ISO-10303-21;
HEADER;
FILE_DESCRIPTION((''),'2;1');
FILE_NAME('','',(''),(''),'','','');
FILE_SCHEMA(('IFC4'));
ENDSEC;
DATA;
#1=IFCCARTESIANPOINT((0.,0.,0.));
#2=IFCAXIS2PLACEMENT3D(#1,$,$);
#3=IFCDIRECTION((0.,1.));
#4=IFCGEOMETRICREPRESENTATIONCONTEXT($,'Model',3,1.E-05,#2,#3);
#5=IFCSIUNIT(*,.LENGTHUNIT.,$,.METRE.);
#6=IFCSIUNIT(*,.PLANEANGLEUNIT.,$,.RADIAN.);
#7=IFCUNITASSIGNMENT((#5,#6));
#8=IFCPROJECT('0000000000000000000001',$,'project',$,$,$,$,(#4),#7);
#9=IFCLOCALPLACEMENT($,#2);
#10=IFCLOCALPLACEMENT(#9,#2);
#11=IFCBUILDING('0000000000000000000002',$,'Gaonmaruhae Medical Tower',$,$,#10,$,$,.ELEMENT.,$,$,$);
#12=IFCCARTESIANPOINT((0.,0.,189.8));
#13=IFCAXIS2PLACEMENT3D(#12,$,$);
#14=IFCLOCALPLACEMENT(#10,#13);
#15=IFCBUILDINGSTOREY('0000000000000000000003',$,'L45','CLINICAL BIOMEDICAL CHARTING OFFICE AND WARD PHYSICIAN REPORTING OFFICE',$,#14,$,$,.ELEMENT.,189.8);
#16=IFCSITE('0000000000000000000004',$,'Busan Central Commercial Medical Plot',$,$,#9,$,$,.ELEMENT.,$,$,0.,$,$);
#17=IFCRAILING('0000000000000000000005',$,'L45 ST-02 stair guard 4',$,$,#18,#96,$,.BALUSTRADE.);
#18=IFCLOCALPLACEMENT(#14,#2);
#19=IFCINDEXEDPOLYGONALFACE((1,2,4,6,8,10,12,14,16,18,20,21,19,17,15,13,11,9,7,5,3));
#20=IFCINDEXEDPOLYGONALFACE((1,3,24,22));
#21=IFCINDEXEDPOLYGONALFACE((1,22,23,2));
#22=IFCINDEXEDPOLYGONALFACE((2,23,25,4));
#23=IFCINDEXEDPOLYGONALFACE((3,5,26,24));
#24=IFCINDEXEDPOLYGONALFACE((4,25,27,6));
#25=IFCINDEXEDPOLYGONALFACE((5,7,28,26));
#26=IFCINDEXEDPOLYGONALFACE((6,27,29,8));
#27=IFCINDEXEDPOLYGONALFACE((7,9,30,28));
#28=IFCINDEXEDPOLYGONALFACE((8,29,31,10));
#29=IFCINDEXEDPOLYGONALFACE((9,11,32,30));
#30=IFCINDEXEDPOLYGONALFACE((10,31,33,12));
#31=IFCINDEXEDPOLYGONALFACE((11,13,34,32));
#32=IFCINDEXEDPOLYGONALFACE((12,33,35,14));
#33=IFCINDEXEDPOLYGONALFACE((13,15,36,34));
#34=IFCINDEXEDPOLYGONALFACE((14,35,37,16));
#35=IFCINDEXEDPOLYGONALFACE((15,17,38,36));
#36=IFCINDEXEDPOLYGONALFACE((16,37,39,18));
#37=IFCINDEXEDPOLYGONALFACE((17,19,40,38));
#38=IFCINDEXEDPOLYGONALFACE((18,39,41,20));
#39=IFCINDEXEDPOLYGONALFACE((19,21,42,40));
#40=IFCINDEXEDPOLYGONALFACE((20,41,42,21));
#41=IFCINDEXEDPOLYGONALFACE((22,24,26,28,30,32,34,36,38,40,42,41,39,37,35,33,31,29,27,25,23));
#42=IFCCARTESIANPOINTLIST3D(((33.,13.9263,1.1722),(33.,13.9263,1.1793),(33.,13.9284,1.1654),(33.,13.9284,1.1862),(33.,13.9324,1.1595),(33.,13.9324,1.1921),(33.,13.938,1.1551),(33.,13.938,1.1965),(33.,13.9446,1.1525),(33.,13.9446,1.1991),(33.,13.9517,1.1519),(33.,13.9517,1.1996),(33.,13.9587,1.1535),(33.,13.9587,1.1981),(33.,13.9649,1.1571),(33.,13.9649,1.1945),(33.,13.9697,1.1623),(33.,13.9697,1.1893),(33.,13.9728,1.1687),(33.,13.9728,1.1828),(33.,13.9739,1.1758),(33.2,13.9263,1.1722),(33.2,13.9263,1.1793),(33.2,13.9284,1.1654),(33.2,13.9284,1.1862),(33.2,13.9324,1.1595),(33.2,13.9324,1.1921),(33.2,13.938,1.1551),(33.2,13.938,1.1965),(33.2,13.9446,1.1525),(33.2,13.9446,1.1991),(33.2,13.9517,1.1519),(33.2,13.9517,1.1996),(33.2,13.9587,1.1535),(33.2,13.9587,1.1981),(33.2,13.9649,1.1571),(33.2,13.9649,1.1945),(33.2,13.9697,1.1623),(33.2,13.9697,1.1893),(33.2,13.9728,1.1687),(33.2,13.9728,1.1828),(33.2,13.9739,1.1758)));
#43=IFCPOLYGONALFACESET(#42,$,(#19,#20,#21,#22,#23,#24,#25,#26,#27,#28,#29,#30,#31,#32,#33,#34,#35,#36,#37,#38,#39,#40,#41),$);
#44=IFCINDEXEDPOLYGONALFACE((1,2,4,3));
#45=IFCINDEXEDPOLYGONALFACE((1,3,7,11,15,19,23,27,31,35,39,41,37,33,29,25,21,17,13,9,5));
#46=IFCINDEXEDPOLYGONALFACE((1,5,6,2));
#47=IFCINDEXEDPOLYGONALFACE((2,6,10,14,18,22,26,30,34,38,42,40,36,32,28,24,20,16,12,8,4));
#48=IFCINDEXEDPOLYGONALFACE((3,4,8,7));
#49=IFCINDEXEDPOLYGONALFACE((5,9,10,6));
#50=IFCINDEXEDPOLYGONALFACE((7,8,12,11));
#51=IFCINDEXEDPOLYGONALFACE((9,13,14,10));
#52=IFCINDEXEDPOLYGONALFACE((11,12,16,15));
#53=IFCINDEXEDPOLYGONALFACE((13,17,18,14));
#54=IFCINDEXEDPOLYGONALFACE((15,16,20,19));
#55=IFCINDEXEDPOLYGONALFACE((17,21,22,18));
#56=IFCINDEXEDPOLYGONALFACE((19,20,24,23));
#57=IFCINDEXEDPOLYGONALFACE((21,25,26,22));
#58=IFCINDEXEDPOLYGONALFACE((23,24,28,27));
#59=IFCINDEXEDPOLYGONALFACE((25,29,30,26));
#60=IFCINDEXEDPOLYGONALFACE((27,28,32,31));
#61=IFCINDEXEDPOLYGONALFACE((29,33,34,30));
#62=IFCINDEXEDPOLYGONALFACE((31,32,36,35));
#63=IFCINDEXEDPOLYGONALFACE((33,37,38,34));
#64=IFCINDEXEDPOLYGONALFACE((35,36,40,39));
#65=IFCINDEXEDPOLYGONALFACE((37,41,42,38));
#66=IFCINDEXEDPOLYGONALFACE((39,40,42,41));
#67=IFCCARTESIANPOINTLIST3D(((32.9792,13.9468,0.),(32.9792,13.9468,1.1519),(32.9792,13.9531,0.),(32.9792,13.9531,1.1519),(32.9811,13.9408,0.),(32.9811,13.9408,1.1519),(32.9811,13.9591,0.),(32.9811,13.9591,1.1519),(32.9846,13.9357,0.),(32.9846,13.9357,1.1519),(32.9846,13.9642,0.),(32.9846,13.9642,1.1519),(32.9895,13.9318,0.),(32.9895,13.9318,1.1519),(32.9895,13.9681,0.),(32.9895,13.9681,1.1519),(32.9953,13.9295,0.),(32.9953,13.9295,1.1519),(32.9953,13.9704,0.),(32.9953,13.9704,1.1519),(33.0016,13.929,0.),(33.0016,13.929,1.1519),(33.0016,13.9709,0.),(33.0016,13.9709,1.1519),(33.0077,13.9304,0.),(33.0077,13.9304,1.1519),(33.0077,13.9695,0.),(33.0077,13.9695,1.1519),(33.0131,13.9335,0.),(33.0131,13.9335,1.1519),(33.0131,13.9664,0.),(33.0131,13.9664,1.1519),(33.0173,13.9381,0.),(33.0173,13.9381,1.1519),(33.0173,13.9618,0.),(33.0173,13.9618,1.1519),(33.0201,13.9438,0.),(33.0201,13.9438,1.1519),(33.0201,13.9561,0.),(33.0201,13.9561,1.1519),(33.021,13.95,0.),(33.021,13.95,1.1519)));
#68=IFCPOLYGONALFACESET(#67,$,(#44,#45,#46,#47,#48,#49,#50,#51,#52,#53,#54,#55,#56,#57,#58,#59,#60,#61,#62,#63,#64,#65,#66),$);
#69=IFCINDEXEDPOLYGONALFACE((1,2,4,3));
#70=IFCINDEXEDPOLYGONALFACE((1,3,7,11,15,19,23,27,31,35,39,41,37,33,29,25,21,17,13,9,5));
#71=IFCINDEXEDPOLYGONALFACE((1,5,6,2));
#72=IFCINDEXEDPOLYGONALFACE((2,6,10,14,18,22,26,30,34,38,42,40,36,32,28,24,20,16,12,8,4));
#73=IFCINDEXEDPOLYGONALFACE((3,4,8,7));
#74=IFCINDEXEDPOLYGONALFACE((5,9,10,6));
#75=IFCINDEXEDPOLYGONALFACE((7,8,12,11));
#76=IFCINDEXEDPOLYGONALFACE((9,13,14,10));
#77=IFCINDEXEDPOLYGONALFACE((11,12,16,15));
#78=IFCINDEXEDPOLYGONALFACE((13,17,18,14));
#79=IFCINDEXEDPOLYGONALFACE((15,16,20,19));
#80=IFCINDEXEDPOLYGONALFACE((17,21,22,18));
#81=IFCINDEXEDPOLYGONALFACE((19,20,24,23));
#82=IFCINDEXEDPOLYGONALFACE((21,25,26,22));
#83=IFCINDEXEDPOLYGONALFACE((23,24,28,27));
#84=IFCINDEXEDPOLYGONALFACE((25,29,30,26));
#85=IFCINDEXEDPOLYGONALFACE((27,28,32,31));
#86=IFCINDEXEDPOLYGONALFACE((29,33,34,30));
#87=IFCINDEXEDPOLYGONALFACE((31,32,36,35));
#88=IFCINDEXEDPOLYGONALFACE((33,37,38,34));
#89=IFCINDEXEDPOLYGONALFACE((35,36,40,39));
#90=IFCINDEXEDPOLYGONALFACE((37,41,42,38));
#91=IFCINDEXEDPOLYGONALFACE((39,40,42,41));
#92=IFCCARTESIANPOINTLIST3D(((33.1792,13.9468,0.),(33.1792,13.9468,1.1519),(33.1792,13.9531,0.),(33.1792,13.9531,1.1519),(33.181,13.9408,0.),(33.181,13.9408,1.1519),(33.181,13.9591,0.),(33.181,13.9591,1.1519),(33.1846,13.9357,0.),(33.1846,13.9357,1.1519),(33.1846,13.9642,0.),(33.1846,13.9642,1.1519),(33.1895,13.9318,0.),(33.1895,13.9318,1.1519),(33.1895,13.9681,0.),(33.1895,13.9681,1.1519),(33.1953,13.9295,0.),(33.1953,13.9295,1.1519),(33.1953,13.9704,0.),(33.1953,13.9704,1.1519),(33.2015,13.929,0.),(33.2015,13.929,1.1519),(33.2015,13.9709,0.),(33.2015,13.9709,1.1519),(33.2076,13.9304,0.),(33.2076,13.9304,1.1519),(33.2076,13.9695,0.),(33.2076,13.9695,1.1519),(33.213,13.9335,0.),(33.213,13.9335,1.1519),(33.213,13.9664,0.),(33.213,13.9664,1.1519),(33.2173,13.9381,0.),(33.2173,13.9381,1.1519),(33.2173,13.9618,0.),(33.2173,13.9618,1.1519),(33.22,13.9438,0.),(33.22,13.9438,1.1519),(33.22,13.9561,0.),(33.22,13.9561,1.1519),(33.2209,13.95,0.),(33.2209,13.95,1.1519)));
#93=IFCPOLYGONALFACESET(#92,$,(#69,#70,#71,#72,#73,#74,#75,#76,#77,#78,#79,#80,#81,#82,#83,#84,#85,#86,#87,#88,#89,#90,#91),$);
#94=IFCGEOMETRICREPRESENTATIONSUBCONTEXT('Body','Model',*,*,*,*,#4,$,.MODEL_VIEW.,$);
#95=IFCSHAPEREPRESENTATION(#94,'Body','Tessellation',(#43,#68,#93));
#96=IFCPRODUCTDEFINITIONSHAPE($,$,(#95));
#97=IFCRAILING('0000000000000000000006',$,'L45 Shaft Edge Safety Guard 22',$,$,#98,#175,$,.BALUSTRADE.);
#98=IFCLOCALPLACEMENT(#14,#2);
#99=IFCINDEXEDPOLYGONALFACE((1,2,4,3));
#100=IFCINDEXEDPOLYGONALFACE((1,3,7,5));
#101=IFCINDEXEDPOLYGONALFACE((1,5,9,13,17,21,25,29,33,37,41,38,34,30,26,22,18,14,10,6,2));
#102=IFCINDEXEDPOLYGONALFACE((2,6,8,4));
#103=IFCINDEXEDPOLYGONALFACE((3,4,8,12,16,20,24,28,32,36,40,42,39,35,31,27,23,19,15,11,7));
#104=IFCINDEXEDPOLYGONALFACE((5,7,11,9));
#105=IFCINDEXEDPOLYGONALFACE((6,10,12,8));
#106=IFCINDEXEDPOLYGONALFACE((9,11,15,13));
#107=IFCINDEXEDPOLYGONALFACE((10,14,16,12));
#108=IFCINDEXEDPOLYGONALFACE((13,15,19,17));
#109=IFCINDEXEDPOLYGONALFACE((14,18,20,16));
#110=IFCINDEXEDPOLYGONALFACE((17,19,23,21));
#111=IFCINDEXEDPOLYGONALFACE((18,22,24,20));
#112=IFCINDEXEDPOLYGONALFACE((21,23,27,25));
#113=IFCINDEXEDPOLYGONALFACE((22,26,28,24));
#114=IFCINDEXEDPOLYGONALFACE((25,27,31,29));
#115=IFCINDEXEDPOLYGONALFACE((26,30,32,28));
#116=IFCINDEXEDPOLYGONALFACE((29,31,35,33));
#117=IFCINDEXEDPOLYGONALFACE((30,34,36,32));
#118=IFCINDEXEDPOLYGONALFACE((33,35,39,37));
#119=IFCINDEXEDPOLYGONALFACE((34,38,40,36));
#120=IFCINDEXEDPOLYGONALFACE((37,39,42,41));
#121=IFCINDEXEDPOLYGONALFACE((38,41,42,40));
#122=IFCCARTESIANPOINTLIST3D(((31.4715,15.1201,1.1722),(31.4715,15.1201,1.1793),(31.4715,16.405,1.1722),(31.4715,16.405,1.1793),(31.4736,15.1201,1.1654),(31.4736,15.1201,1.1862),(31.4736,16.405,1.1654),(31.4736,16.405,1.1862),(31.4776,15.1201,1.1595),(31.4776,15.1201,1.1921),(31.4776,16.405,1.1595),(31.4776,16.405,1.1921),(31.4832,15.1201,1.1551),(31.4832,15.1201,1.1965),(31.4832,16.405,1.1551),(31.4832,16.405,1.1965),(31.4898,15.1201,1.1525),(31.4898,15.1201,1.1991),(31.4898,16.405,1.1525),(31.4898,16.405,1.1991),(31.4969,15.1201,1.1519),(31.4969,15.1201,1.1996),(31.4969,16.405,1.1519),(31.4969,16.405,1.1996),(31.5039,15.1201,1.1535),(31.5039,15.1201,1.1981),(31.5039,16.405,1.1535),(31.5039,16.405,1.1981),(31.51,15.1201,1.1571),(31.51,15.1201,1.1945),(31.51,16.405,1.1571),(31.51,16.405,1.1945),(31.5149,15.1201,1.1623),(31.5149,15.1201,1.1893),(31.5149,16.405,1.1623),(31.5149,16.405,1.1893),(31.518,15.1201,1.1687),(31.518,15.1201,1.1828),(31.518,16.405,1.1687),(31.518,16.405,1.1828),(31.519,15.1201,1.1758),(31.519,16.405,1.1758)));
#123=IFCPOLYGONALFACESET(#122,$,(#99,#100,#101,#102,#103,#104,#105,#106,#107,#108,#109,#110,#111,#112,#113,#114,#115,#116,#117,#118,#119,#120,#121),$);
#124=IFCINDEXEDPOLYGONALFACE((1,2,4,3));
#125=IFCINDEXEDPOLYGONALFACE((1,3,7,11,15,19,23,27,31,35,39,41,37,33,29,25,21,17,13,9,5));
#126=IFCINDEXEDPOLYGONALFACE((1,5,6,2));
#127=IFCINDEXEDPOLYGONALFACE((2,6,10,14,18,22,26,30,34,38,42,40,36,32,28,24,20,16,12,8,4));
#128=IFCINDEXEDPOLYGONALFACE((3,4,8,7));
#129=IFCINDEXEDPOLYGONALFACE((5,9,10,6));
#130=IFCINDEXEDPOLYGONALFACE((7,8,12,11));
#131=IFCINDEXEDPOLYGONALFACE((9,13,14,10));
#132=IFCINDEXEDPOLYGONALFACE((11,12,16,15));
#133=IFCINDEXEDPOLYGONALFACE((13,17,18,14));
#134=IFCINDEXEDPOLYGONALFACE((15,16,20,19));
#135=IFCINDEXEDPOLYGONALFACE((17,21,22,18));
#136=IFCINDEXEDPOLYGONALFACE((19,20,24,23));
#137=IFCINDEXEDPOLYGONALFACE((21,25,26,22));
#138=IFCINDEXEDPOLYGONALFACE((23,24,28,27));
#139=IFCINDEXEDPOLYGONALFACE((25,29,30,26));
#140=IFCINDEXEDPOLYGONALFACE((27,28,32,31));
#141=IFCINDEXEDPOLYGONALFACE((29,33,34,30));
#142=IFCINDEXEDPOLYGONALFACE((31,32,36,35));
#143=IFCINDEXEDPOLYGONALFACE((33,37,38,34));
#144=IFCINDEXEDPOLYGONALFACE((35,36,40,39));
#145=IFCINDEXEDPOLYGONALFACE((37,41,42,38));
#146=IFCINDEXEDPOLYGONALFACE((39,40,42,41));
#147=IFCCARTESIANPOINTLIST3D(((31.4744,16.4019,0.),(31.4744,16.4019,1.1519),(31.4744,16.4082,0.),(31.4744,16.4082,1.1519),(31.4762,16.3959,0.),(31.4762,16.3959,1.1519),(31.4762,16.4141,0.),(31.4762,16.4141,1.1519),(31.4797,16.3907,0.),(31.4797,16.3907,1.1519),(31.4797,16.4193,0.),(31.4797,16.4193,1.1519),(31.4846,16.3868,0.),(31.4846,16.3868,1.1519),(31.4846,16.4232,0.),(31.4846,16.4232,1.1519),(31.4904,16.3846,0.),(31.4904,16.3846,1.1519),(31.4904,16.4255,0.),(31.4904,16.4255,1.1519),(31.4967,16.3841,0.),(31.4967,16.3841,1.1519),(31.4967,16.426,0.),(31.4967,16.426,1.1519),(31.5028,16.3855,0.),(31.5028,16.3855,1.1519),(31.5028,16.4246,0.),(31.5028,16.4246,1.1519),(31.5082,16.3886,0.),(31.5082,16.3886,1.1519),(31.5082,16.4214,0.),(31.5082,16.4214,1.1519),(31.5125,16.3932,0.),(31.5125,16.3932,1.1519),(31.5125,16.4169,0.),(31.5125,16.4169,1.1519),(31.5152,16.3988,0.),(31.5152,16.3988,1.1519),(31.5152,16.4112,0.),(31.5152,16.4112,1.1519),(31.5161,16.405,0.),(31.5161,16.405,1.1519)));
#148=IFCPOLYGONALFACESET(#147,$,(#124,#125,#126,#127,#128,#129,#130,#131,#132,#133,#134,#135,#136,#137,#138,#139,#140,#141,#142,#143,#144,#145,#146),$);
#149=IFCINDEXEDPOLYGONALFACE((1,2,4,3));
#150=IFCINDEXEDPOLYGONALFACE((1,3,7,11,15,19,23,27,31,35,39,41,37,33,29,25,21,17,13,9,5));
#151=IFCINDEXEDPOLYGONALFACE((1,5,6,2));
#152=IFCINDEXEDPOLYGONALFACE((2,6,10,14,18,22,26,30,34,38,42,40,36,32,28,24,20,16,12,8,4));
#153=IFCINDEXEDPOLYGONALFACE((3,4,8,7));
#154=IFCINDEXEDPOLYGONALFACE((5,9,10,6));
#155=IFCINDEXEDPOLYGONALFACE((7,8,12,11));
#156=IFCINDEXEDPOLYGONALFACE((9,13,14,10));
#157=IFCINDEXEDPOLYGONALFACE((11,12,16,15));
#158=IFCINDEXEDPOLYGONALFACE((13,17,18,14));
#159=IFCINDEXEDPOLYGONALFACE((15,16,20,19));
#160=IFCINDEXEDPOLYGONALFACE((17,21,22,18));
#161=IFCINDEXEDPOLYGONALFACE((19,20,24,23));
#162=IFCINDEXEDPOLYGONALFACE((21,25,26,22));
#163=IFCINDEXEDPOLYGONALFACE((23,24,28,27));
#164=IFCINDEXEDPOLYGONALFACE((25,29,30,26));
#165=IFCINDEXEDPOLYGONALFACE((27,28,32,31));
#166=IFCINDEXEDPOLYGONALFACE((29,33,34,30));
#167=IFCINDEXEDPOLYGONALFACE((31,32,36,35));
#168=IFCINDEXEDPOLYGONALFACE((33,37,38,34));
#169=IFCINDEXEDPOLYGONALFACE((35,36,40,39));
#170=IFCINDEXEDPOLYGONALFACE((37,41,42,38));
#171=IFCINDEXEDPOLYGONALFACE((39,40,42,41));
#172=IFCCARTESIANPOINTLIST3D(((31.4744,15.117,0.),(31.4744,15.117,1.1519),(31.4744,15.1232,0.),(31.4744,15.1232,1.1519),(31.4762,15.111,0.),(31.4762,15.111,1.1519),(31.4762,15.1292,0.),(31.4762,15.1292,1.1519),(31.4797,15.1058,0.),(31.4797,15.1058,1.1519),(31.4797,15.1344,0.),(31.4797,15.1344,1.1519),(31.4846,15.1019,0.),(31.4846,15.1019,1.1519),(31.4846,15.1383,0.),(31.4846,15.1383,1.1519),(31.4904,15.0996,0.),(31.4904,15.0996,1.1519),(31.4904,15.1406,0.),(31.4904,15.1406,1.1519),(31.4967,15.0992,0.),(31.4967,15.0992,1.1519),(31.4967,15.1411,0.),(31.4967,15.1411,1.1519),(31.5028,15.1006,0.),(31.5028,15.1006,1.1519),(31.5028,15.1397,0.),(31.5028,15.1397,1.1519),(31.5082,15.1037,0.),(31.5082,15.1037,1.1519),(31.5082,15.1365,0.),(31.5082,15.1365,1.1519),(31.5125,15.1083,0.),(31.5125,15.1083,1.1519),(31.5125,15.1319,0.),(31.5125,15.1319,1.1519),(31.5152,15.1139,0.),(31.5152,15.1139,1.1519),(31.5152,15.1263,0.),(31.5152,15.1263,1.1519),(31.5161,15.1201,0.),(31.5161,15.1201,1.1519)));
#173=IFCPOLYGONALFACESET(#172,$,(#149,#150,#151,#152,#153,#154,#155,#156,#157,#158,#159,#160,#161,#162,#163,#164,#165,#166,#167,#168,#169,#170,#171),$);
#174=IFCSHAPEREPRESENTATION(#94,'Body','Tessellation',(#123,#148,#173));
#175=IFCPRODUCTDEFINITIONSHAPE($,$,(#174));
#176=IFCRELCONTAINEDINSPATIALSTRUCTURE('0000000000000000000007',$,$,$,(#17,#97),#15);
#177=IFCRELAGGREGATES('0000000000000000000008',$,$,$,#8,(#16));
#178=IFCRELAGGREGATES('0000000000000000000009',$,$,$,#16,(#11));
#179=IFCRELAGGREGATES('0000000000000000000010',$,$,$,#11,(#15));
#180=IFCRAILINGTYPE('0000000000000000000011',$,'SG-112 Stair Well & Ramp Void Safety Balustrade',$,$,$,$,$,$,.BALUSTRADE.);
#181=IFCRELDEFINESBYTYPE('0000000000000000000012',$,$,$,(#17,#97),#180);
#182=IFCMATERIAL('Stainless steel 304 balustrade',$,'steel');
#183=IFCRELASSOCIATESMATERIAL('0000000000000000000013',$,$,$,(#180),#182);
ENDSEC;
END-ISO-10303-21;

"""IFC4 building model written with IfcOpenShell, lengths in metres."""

from ifc_helpers import new_model, si_unit, direction, frame, origin, origin_2d, place, context, subcontext, project, spatial, circle, extrude, material, type_object, element, save


model = new_model("IFC4")

# Units and contexts
model_context = context("Model", 3, precision=1e-05, world=origin(), true_north=direction((0.0, 1.0)))
body_context = subcontext(model_context, "Body", "Model", "MODEL_VIEW")
ifc_project = project(units=[si_unit("LENGTHUNIT", "METRE"), si_unit("PLANEANGLEUNIT", "RADIAN")], contexts=[model_context])

# Site, building, storey
site_placement = place(None, origin())
site = spatial("IfcSite", under=ifc_project, at=site_placement, Name="Busan Central Commercial Medical Plot", CompositionType="ELEMENT", RefElevation=0.0)
building_placement = place(site_placement, origin())
building = spatial("IfcBuilding", under=site, at=building_placement, Name="Gaonmaruhae Medical Tower", CompositionType="ELEMENT")
storey_placement = place(building_placement, frame((0.0, 0.0, 189.8)))
storey = spatial("IfcBuildingStorey", under=building, at=storey_placement, Name="L45", Description="CLINICAL BIOMEDICAL CHARTING OFFICE AND WARD PHYSICIAN REPORTING OFFICE", CompositionType="ELEMENT", Elevation=189.8)

# Railings
ifc_material_1 = material(Name="Stainless steel 304 balustrade", Category="steel")
railing_type_1 = type_object("IfcRailingType", Name="SG-112 Stair Well & Ramp Void Safety Balustrade", PredefinedType="BALUSTRADE", material=ifc_material_1)
railing_1_placement = place(storey_placement, frame((33.0, 13.95, 0.0)))
element("IfcRailing", 1, at=railing_1_placement, inside=storey, type_object=railing_type_1, Name="L45 ST-02 stair guard 4", PredefinedType="BALUSTRADE", context=body_context, shape_type="SweptSolid", body=[
    extrude(circle(Radius=0.0239, at=origin_2d()), frame((0.0, 0.0, 1.1758), z_axis=(1.0, 0.0, 0.0), x_axis=(0.0, 1.0, 0.0)), (0.0, 0.0, 1.0), 0.2),
    extrude(circle(Radius=0.021, at=origin_2d()), origin(), (0.0, 0.0, 1.0), 1.1519),
    extrude(circle(Radius=0.021, at=origin_2d()), frame((0.2, 0.0, 0.0)), (0.0, 0.0, 1.0), 1.1519),
])
railing_2_placement = place(storey_placement, frame((31.4951, 16.405, 0.0)))
element("IfcRailing", 2, at=railing_2_placement, inside=storey, type_object=railing_type_1, Name="L45 Shaft Edge Safety Guard 22", PredefinedType="BALUSTRADE", context=body_context, shape_type="SweptSolid", body=[
    extrude(circle(Radius=0.0239, at=origin_2d()), frame((0.0, 0.0, 1.1758), z_axis=(0.0, -1.0, 0.0), x_axis=(1.0, 0.0, 0.0)), (0.0, 0.0, 1.0), 1.2849),
    extrude(circle(Radius=0.021, at=origin_2d()), origin(), (0.0, 0.0, 1.0), 1.1519),
    extrude(circle(Radius=0.021, at=origin_2d()), frame((0.0, -1.2849, 0.0)), (0.0, 0.0, 1.0), 1.1519),
])

save(model, "model.ifc")
